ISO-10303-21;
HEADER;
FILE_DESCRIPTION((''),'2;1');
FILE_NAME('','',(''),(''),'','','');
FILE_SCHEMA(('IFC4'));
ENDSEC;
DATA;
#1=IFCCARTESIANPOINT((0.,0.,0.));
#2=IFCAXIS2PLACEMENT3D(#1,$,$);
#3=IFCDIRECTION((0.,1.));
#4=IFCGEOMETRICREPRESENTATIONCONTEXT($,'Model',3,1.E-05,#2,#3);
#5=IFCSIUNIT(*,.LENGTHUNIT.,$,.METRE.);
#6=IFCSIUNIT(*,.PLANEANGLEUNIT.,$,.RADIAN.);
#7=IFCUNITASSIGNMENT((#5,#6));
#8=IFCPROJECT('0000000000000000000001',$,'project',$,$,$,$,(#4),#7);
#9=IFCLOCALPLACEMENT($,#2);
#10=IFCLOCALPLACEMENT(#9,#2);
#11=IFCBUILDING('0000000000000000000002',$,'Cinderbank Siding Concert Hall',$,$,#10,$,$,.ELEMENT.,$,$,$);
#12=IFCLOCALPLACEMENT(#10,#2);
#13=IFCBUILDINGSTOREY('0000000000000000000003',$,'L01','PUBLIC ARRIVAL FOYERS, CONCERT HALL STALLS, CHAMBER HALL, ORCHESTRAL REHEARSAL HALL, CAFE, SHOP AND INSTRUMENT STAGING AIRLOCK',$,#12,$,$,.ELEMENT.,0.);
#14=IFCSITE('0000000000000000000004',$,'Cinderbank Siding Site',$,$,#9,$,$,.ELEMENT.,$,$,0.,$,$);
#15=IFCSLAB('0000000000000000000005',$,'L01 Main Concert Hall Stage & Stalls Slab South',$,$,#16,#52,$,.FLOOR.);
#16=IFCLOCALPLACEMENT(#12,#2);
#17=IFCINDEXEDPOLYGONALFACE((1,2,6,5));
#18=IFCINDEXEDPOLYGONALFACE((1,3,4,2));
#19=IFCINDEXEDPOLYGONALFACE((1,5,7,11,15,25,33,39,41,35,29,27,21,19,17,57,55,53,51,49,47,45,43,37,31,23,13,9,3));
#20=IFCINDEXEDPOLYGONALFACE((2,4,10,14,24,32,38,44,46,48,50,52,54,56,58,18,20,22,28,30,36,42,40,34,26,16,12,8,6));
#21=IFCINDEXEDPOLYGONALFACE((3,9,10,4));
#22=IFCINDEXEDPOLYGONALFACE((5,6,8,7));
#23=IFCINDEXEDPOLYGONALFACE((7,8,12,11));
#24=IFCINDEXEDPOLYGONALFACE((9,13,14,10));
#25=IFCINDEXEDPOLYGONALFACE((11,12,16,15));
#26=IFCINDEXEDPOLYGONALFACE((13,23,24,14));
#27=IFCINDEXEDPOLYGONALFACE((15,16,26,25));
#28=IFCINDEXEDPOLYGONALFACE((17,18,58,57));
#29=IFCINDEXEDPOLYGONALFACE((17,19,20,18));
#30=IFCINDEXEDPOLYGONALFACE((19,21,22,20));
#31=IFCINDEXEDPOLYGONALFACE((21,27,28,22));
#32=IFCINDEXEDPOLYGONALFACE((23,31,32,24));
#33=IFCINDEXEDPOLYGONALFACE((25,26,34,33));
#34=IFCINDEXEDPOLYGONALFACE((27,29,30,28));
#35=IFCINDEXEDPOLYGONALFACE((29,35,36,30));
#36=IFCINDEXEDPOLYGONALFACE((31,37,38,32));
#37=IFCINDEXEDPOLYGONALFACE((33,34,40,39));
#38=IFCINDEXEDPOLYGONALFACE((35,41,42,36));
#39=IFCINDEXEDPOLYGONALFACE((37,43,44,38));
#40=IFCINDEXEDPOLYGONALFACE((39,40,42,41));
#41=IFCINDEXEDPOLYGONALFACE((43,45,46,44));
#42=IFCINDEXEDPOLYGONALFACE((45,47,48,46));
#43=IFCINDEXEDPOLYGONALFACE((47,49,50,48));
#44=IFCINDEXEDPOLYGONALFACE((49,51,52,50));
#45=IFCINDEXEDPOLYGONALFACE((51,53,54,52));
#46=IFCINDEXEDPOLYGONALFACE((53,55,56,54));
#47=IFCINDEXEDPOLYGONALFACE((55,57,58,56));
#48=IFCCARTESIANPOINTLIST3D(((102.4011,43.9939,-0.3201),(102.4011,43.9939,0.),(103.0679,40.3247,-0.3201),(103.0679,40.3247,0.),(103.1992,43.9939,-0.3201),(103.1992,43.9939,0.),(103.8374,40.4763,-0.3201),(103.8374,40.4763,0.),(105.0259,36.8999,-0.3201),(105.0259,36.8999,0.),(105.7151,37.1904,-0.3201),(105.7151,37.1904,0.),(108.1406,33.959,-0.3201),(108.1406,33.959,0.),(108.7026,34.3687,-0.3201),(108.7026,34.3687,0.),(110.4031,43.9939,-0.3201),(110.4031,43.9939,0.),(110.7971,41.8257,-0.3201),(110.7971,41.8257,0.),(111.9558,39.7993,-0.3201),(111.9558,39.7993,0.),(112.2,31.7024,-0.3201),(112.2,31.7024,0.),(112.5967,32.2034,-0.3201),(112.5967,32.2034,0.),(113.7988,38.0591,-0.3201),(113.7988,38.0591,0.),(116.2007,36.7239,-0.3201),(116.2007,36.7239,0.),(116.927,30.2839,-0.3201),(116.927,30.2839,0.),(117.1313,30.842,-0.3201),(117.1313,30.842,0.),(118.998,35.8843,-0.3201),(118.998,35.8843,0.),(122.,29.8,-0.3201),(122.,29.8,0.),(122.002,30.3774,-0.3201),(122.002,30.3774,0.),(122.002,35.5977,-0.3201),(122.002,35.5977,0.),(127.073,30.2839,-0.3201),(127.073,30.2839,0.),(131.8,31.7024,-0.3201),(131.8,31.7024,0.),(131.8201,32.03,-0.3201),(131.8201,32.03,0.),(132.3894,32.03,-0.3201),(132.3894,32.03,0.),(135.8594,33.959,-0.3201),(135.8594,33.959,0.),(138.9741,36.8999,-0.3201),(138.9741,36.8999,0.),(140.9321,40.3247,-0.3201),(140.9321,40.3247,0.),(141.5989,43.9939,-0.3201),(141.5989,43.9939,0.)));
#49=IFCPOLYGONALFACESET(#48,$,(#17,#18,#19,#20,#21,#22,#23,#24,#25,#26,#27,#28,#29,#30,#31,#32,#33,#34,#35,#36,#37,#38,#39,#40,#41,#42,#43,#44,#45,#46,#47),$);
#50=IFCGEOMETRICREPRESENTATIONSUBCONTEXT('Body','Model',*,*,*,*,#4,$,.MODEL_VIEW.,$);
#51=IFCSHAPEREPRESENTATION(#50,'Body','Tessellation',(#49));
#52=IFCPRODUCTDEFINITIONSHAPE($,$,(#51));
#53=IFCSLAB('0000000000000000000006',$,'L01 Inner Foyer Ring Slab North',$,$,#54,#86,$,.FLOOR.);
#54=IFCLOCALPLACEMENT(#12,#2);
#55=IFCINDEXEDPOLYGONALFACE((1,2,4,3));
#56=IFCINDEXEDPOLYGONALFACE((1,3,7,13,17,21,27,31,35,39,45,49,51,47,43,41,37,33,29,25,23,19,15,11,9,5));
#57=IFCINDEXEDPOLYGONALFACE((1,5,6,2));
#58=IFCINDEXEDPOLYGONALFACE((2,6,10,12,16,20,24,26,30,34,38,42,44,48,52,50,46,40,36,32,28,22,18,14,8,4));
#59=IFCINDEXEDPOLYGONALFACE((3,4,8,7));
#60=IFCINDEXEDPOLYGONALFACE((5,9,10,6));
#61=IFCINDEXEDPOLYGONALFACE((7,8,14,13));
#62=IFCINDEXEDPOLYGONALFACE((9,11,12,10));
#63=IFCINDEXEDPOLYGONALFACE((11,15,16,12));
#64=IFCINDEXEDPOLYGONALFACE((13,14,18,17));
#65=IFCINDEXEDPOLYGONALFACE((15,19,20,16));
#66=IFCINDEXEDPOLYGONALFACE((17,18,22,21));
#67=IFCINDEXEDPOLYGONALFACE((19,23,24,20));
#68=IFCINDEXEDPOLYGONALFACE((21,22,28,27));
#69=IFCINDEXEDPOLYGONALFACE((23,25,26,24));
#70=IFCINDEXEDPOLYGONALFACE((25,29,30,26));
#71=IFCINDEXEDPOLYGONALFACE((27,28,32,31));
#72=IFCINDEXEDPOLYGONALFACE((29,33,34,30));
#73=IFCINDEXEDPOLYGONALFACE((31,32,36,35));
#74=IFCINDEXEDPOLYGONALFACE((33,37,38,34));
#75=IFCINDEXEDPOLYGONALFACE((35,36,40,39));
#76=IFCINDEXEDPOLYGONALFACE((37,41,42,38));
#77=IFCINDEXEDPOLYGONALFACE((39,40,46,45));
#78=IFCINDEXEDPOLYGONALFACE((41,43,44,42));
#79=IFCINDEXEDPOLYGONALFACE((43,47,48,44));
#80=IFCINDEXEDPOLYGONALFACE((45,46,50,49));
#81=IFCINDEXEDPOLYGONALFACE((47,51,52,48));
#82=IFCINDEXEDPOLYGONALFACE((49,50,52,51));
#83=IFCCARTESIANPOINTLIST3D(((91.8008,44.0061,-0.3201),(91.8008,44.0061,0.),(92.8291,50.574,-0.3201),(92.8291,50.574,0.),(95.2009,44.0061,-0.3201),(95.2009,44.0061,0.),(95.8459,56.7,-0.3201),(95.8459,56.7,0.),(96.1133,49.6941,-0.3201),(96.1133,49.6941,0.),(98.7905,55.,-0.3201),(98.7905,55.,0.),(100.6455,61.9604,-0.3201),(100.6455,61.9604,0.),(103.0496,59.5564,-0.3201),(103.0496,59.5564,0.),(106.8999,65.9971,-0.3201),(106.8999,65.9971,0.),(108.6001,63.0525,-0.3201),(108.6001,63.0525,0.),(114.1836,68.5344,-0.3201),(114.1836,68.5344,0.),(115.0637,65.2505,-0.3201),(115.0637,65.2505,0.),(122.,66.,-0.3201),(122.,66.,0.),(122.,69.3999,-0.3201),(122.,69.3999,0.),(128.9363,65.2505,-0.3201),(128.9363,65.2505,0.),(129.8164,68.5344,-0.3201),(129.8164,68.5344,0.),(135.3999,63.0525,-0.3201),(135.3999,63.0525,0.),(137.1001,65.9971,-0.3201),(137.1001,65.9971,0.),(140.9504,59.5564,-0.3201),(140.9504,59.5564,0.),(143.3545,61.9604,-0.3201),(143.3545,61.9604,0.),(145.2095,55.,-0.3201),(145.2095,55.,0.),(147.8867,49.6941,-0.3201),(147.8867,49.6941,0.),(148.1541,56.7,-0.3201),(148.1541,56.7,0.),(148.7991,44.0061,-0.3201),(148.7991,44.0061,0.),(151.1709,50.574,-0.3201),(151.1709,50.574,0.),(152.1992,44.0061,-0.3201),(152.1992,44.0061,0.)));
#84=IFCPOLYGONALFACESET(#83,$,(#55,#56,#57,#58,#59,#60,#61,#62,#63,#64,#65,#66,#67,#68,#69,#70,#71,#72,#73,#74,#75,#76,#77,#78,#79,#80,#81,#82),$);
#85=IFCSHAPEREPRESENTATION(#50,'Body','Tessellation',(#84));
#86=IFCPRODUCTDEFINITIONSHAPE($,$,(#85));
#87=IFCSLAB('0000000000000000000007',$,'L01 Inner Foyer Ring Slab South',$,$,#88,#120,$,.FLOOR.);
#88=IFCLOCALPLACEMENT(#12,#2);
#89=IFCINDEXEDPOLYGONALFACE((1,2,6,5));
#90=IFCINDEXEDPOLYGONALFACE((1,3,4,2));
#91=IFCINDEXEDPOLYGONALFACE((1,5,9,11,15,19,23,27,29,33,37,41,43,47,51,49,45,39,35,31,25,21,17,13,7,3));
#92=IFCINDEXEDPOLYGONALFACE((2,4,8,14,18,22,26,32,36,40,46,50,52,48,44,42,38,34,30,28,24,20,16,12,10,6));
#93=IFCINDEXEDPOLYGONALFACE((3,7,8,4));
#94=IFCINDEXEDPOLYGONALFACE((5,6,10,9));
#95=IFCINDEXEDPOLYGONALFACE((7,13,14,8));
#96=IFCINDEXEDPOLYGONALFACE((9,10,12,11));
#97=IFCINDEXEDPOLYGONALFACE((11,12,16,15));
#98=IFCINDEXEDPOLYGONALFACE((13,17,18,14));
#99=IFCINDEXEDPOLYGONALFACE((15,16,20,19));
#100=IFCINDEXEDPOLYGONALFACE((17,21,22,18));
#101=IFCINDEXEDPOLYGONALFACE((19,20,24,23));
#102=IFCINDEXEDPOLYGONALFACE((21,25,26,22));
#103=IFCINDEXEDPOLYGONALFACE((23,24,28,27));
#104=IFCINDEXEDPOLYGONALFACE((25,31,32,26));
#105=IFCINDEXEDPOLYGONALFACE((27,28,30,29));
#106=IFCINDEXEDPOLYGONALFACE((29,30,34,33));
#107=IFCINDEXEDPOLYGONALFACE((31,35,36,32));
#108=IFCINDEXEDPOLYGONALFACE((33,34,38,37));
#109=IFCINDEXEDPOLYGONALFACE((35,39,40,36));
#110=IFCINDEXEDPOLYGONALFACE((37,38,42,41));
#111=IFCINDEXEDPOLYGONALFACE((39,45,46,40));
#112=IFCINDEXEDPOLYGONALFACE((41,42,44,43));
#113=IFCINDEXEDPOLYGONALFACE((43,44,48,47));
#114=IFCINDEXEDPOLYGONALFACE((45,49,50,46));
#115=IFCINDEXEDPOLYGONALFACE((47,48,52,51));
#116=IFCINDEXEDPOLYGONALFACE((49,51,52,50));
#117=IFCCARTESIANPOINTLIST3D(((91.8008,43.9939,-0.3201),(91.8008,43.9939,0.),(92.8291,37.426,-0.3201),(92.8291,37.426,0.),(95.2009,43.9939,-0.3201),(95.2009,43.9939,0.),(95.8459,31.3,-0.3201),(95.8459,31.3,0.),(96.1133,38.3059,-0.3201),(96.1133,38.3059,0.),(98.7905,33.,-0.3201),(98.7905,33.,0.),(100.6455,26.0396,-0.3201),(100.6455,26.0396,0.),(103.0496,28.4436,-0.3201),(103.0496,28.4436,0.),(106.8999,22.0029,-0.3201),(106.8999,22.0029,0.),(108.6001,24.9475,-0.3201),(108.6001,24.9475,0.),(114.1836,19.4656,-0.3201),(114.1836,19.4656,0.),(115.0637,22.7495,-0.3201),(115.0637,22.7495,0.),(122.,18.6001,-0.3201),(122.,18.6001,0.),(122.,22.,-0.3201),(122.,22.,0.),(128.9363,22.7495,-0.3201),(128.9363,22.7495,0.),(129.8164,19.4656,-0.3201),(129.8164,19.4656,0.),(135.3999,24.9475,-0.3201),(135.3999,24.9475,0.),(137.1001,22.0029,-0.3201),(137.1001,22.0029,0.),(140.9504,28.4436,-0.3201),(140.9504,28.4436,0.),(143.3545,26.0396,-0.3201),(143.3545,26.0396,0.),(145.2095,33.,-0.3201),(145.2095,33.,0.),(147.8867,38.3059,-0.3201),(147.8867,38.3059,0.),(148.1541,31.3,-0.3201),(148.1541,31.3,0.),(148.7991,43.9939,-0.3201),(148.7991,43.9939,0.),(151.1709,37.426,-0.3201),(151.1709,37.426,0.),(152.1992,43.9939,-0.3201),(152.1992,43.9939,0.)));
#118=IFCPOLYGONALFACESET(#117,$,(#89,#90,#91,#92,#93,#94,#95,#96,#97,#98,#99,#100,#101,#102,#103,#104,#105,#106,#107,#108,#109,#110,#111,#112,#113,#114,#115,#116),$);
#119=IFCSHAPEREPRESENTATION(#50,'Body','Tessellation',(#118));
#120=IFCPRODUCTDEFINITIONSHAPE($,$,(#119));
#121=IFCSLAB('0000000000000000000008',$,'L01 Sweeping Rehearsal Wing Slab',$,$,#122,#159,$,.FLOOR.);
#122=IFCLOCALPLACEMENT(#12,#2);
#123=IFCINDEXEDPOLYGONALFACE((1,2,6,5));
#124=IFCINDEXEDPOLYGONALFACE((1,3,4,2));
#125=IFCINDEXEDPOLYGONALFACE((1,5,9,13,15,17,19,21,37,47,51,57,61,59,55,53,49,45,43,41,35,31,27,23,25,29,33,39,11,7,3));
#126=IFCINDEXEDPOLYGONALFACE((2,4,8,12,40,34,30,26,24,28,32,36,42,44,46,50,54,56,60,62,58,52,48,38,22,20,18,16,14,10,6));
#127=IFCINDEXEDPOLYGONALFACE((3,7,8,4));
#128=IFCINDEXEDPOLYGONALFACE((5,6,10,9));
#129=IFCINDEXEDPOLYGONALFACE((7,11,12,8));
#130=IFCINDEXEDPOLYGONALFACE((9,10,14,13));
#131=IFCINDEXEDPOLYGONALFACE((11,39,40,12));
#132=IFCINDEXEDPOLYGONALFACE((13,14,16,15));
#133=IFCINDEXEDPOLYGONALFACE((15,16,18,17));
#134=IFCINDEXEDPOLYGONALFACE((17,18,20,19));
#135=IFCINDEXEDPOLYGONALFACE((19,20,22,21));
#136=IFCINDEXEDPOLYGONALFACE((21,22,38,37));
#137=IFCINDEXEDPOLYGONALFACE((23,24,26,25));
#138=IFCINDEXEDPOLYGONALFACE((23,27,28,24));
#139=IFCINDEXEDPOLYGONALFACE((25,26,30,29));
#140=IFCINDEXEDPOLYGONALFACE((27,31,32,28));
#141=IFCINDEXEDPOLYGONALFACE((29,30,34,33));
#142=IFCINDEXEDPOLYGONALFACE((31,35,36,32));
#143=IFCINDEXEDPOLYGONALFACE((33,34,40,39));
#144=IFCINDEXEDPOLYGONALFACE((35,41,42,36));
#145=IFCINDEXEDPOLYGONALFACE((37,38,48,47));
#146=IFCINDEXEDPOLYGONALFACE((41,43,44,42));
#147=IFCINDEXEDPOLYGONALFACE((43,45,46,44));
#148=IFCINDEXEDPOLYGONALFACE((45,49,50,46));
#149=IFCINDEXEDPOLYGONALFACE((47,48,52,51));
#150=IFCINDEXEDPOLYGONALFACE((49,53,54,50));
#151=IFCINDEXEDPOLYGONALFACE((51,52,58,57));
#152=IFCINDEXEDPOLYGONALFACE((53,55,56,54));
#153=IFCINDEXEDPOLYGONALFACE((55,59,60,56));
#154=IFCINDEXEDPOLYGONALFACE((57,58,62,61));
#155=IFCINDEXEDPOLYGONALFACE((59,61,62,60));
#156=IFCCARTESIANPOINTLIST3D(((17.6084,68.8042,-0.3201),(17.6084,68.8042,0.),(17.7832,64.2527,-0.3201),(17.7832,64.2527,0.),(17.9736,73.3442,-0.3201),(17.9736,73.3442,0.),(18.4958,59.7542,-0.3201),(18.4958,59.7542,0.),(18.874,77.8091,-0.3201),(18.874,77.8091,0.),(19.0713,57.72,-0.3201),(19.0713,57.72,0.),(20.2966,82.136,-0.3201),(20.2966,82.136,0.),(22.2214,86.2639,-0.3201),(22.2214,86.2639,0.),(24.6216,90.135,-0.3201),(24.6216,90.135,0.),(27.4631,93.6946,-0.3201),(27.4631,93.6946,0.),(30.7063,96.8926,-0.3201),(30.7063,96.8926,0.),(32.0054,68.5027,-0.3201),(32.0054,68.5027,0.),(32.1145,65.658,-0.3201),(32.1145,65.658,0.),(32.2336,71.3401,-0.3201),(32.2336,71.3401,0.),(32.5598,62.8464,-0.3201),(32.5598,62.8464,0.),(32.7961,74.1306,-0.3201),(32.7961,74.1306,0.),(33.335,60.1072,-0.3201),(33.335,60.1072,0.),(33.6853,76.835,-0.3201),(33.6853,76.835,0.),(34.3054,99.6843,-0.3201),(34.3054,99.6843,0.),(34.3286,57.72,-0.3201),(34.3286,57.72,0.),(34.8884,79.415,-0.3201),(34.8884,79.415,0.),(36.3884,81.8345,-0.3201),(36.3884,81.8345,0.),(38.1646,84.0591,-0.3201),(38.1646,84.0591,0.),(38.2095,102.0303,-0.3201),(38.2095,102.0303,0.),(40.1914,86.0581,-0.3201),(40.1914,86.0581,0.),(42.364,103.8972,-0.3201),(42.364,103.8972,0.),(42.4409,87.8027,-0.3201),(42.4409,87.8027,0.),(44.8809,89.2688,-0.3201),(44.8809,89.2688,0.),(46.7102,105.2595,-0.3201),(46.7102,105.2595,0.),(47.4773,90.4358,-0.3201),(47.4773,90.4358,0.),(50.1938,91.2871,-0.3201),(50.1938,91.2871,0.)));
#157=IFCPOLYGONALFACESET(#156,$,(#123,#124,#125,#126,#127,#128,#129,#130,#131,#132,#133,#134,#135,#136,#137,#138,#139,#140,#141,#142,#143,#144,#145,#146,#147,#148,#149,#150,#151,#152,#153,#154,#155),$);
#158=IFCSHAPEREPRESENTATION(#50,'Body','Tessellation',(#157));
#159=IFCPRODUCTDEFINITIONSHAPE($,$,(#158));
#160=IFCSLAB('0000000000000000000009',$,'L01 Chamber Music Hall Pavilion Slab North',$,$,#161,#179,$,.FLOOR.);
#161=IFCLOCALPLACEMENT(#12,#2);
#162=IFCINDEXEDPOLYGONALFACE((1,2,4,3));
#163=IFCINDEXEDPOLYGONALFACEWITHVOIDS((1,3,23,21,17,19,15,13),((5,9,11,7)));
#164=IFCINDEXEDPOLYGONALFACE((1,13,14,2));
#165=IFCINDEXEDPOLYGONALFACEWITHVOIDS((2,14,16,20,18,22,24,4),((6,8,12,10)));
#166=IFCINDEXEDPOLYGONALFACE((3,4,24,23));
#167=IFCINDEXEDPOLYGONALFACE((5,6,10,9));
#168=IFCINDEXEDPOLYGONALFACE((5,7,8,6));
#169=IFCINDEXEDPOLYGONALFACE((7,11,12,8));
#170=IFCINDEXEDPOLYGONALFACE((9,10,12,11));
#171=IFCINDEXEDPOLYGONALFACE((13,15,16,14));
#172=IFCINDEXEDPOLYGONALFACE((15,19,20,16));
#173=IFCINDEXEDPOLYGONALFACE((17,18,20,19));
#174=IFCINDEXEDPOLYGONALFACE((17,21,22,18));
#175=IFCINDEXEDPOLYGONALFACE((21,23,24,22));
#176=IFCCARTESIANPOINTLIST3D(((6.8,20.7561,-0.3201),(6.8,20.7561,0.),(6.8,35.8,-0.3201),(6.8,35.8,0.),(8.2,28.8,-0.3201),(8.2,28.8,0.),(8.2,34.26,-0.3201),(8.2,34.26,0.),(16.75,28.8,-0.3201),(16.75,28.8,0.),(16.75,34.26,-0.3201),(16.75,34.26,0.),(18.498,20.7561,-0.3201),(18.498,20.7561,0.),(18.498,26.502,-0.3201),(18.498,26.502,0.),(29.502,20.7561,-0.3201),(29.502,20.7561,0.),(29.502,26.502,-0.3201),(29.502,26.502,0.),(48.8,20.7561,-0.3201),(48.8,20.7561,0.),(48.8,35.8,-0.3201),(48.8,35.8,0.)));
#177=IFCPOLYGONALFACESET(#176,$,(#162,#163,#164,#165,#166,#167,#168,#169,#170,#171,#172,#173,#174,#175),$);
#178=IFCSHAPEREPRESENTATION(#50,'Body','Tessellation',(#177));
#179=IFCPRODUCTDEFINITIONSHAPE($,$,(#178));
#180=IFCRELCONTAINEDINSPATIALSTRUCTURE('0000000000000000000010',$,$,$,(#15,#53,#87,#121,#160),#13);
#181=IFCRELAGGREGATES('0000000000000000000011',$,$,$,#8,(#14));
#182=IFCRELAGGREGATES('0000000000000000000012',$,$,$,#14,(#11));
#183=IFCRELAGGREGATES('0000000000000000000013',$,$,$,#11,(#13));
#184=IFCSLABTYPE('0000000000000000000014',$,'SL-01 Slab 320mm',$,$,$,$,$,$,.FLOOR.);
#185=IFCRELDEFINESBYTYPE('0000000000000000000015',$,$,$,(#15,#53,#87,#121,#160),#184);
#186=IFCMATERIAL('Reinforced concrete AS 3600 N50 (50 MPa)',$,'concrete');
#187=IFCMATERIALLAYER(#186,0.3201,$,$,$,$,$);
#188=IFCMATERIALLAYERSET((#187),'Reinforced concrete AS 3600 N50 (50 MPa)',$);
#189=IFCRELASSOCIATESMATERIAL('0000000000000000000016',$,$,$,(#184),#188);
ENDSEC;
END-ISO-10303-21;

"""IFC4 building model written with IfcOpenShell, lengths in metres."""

from ifc_helpers import new_model, si_unit, direction, frame, origin, place, context, subcontext, project, spatial, polyline, outline, extrude, material, layer, layer_set, type_object, element, save


model = new_model("IFC4")

# Units and contexts
model_context = context("Model", 3, precision=1e-05, world=origin(), true_north=direction((0.0, 1.0)))
body_context = subcontext(model_context, "Body", "Model", "MODEL_VIEW")
ifc_project = project(units=[si_unit("LENGTHUNIT", "METRE"), si_unit("PLANEANGLEUNIT", "RADIAN")], contexts=[model_context])

# Site, building, storey
site_placement = place(None, origin())
site = spatial("IfcSite", under=ifc_project, at=site_placement, Name="Cinderbank Siding Site", CompositionType="ELEMENT", RefElevation=0.0)
building_placement = place(site_placement, origin())
building = spatial("IfcBuilding", under=site, at=building_placement, Name="Cinderbank Siding Concert Hall", CompositionType="ELEMENT")
storey_placement = place(building_placement, origin())
storey = spatial("IfcBuildingStorey", under=building, at=storey_placement, Name="L01", Description="PUBLIC ARRIVAL FOYERS, CONCERT HALL STALLS, CHAMBER HALL, ORCHESTRAL REHEARSAL HALL, CAFE, SHOP AND INSTRUMENT STAGING AIRLOCK", CompositionType="ELEMENT", Elevation=0.0)

# Shared definitions
ifc_material = material(Name="Reinforced concrete AS 3600 N50 (50 MPa)", Category="concrete")

# Slabs
ifc_layer_1 = layer(ifc_material, 0.3201)
ifc_layer_set_1 = layer_set([ifc_layer_1], Name="Reinforced concrete AS 3600 N50 (50 MPa)")
slab_type_1 = type_object("IfcSlabType", Name="SL-01 Slab 320mm", PredefinedType="FLOOR", material=ifc_layer_set_1)
slab_1_placement = place(storey_placement, frame((0.0, 0.0, -0.3201)))
element("IfcSlab", 1, at=slab_1_placement, inside=storey, type_object=slab_type_1, Name="L01 Main Concert Hall Stage & Stalls Slab South", PredefinedType="FLOOR", context=body_context, shape_type="SweptSolid", body=[
    extrude(outline(polyline([(135.8594, 33.959), (132.3894, 32.03), (131.8201, 32.03), (131.8, 31.7024), (127.073, 30.2839), (122.0, 29.8), (116.927, 30.2839), (112.2, 31.7024), (108.1406, 33.959), (105.0259, 36.8999), (103.0679, 40.3247), (102.4011, 43.9939), (103.1992, 43.9939), (103.8374, 40.4763), (105.7151, 37.1904), (108.7026, 34.3687), (112.5967, 32.2034), (117.1313, 30.842), (122.002, 30.3774), (122.002, 35.5977), (118.998, 35.8843), (116.2007, 36.7239), (113.7988, 38.0591), (111.9558, 39.7993), (110.7971, 41.8257), (110.4031, 43.9939), (141.5989, 43.9939), (140.9321, 40.3247), (138.9741, 36.8999), (135.8594, 33.959)])), origin(), (0.0, 0.0, 1.0), 0.3201),
])
slab_2_placement = place(storey_placement, frame((0.0, 0.0, -0.3201)))
element("IfcSlab", 2, at=slab_2_placement, inside=storey, type_object=slab_type_1, Name="L01 Inner Foyer Ring Slab North", PredefinedType="FLOOR", context=body_context, shape_type="SweptSolid", body=[
    extrude(outline(polyline([(92.8291, 50.574), (95.8459, 56.7), (100.6455, 61.9604), (106.8999, 65.9971), (114.1836, 68.5344), (122.0, 69.3999), (129.8164, 68.5344), (137.1001, 65.9971), (143.3545, 61.9604), (148.1541, 56.7), (151.1709, 50.574), (152.1992, 44.0061), (148.7991, 44.0061), (147.8867, 49.6941), (145.2095, 55.0), (140.9504, 59.5564), (135.3999, 63.0525), (128.9363, 65.2505), (122.0, 66.0), (115.0637, 65.2505), (108.6001, 63.0525), (103.0496, 59.5564), (98.7905, 55.0), (96.1133, 49.6941), (95.2009, 44.0061), (91.8008, 44.0061), (92.8291, 50.574)])), origin(), (0.0, 0.0, 1.0), 0.3201),
])
slab_3_placement = place(storey_placement, frame((0.0, 0.0, -0.3201)))
element("IfcSlab", 3, at=slab_3_placement, inside=storey, type_object=slab_type_1, Name="L01 Inner Foyer Ring Slab South", PredefinedType="FLOOR", context=body_context, shape_type="SweptSolid", body=[
    extrude(outline(polyline([(148.1541, 31.3), (143.3545, 26.0396), (137.1001, 22.0029), (129.8164, 19.4656), (122.0, 18.6001), (114.1836, 19.4656), (106.8999, 22.0029), (100.6455, 26.0396), (95.8459, 31.3), (92.8291, 37.426), (91.8008, 43.9939), (95.2009, 43.9939), (96.1133, 38.3059), (98.7905, 33.0), (103.0496, 28.4436), (108.6001, 24.9475), (115.0637, 22.7495), (122.0, 22.0), (128.9363, 22.7495), (135.3999, 24.9475), (140.9504, 28.4436), (145.2095, 33.0), (147.8867, 38.3059), (148.7991, 43.9939), (152.1992, 43.9939), (151.1709, 37.426), (148.1541, 31.3)])), origin(), (0.0, 0.0, 1.0), 0.3201),
])
slab_4_placement = place(storey_placement, frame((0.0, 0.0, -0.3201)))
element("IfcSlab", 4, at=slab_4_placement, inside=storey, type_object=slab_type_1, Name="L01 Sweeping Rehearsal Wing Slab", PredefinedType="FLOOR", context=body_context, shape_type="SweptSolid", body=[
    extrude(outline(polyline([(50.1938, 91.2871), (47.4773, 90.4358), (44.8809, 89.2688), (42.4409, 87.8027), (40.1914, 86.0581), (38.1646, 84.0591), (36.3884, 81.8345), (34.8884, 79.415), (33.6853, 76.835), (32.7961, 74.1306), (32.2336, 71.3401), (32.0054, 68.5027), (32.1145, 65.658), (32.5598, 62.8464), (33.335, 60.1072), (34.3286, 57.72), (19.0713, 57.72), (18.4958, 59.7542), (17.7832, 64.2527), (17.6084, 68.8042), (17.9736, 73.3442), (18.874, 77.8091), (20.2966, 82.136), (22.2214, 86.2639), (24.6216, 90.135), (27.4631, 93.6946), (30.7063, 96.8926), (34.3054, 99.6843), (38.2095, 102.0303), (42.364, 103.8972), (46.7102, 105.2595), (50.1938, 91.2871)])), origin(), (0.0, 0.0, 1.0), 0.3201),
])
slab_5_placement = place(storey_placement, frame((0.0, 0.0, -0.3201)))
element("IfcSlab", 5, at=slab_5_placement, inside=storey, type_object=slab_type_1, Name="L01 Chamber Music Hall Pavilion Slab North", PredefinedType="FLOOR", context=body_context, shape_type="SweptSolid", body=[
    extrude(outline(polyline([(48.8, 20.7561), (29.502, 20.7561), (29.502, 26.502), (18.498, 26.502), (18.498, 20.7561), (6.8, 20.7561), (6.8, 35.8), (48.8, 35.8), (48.8, 20.7561)]), holes=[polyline([(16.75, 34.26), (8.2, 34.26), (8.2, 28.8), (16.75, 28.8), (16.75, 34.26)])]), origin(), (0.0, 0.0, 1.0), 0.3201),
])

save(model, "model.ifc")
